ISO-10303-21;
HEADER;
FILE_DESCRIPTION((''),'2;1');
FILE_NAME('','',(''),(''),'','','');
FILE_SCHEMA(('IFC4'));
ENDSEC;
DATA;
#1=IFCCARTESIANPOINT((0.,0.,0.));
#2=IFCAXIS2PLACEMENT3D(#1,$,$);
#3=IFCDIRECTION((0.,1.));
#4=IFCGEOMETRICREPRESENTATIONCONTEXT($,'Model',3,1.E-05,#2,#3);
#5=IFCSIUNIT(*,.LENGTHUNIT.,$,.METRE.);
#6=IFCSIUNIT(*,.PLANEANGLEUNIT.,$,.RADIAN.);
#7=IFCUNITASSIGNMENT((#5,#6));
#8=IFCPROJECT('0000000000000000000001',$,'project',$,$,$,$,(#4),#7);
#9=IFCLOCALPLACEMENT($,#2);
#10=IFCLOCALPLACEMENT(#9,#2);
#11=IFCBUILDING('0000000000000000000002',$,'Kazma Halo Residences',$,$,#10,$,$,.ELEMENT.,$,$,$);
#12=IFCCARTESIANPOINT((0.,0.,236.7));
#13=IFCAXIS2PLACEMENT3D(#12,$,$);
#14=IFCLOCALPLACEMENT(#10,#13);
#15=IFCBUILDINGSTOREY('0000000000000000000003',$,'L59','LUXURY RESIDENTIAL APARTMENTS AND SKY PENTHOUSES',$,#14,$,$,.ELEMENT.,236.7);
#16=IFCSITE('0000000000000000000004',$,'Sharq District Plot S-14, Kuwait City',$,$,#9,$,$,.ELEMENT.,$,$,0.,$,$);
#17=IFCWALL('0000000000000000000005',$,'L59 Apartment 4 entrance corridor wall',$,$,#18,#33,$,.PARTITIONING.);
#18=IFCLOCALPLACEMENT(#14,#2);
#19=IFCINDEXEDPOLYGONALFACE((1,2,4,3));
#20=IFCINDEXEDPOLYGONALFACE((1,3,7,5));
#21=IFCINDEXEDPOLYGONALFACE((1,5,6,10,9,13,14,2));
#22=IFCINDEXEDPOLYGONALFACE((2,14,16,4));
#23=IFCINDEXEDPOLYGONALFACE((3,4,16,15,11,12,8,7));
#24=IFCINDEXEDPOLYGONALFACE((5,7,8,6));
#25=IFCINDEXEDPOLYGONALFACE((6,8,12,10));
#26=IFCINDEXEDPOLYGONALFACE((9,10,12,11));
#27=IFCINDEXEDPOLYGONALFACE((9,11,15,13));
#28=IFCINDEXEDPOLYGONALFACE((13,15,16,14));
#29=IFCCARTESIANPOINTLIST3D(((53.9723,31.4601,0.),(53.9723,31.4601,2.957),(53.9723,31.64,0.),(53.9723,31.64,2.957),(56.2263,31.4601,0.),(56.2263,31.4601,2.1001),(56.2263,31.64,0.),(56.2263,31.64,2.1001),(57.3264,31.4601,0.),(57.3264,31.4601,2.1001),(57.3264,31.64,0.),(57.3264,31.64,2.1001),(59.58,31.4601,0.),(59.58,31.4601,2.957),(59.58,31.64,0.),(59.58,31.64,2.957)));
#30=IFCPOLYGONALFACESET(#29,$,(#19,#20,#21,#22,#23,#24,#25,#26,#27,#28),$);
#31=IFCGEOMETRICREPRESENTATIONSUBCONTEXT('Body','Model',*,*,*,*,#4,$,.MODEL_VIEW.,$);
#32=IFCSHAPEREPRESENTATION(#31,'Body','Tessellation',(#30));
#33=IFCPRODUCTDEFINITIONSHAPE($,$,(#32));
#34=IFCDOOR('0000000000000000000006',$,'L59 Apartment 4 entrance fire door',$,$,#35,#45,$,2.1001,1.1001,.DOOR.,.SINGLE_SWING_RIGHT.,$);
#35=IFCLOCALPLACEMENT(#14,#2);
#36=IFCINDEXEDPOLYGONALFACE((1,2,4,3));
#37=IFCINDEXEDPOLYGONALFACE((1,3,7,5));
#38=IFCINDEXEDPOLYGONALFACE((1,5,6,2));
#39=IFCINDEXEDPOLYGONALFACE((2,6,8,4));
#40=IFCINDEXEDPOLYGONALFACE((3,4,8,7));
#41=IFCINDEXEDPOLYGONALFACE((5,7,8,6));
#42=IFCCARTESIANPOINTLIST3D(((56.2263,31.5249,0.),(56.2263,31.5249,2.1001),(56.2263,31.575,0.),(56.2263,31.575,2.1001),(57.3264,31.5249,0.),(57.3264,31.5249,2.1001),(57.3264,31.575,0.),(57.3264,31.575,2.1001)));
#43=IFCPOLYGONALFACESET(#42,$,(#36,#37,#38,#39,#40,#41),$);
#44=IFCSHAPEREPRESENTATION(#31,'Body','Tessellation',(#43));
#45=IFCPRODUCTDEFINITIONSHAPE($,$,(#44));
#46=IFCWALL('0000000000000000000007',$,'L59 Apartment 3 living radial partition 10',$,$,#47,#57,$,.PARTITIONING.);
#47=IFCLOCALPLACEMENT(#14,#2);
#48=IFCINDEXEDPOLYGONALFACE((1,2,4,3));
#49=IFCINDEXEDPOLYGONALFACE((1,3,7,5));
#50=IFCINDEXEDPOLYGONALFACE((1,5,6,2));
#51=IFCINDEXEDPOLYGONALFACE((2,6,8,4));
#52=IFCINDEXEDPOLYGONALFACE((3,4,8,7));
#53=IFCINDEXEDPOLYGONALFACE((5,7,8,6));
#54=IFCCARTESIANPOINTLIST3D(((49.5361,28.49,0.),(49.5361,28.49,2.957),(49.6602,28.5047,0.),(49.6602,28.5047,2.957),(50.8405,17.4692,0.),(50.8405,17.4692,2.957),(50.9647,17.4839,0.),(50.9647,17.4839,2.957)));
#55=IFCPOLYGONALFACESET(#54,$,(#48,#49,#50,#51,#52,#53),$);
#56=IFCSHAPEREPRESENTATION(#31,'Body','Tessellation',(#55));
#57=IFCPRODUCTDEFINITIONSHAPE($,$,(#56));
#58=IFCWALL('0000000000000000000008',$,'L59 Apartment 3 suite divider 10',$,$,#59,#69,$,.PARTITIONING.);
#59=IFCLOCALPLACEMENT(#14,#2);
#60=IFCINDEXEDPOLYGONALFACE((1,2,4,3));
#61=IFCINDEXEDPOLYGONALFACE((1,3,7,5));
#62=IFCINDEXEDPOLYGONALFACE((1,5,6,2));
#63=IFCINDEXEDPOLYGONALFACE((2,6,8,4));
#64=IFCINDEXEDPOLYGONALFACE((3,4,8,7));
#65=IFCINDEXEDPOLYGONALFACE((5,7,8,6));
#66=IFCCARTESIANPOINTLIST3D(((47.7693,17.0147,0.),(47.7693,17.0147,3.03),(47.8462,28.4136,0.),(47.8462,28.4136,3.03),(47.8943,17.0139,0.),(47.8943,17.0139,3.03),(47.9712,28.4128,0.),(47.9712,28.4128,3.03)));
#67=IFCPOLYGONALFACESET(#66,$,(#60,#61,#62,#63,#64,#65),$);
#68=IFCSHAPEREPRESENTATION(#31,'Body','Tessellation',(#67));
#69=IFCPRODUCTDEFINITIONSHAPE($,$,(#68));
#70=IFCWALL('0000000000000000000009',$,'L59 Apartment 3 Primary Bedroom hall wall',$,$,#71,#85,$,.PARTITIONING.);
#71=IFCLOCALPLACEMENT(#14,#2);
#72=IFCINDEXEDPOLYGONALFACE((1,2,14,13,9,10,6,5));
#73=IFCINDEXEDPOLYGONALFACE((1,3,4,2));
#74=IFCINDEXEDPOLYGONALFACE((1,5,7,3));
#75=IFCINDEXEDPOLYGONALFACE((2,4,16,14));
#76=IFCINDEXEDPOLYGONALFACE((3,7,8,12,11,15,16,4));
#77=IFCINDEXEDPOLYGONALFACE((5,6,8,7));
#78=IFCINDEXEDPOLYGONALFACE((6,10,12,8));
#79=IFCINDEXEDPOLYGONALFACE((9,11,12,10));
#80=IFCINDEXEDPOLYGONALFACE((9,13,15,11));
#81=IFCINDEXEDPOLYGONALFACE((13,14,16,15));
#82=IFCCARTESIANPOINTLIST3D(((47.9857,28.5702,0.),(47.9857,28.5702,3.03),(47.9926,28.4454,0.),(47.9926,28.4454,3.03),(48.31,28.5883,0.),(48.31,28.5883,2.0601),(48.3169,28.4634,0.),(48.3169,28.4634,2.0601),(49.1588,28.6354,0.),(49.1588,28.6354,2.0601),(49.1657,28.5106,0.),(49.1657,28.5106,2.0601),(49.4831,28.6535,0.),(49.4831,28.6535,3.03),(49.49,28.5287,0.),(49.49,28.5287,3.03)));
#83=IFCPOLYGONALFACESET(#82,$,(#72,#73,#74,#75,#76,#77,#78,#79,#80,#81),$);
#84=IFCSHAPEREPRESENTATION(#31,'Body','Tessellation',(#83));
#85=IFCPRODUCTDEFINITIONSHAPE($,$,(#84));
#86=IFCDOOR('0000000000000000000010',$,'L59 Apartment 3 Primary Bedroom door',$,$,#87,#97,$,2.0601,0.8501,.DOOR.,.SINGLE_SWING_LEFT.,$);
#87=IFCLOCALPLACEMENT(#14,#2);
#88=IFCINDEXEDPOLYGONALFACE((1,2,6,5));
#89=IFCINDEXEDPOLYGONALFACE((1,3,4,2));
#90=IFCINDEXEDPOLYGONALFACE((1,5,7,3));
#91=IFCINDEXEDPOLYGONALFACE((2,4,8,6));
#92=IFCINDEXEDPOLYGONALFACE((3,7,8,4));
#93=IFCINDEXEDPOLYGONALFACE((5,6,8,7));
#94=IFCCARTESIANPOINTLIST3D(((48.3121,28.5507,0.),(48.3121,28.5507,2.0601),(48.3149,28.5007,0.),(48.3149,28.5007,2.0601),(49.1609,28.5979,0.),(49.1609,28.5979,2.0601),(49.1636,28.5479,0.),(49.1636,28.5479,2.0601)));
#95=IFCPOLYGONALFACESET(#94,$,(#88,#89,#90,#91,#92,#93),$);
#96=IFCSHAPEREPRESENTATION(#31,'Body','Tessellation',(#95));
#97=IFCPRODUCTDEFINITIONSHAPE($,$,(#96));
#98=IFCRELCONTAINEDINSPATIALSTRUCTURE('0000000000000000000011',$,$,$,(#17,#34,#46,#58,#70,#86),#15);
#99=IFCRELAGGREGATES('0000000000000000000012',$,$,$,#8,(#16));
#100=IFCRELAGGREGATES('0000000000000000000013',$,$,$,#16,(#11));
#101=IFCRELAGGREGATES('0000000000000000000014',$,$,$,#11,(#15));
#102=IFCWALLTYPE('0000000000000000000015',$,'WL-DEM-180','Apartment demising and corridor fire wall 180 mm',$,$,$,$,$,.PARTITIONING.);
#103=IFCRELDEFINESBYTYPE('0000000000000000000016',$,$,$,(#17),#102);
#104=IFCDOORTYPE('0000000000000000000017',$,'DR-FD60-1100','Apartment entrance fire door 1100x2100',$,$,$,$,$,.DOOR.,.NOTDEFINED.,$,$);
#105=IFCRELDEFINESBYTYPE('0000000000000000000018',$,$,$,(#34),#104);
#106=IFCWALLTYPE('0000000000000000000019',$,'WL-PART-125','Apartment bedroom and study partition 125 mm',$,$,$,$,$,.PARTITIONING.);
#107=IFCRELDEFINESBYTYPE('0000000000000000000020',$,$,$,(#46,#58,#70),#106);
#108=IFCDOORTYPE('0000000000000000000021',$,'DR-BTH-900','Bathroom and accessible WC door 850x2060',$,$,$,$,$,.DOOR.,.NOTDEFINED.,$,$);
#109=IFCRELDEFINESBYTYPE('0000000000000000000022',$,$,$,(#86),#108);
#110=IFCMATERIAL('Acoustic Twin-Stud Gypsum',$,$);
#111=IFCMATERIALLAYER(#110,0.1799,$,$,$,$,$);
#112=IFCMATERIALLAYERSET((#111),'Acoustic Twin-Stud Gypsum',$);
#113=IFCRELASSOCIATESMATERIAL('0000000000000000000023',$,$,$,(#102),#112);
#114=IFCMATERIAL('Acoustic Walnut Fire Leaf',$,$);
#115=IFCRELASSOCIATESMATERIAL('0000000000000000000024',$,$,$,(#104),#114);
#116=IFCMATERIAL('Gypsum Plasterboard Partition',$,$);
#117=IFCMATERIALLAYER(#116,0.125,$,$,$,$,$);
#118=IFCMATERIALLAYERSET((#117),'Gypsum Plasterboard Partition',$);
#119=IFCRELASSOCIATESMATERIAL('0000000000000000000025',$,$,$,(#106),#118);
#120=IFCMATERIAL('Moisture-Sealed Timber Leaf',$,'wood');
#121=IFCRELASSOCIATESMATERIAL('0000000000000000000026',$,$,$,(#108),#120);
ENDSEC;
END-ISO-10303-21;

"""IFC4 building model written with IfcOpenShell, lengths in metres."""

from ifc_helpers import new_model, si_unit, direction, frame, frame_2d, origin, place, context, subcontext, project, spatial, rectangle, extrude, material, layer, layer_set, type_object, element, fill, save


model = new_model("IFC4")

# Units and contexts
model_context = context("Model", 3, precision=1e-05, world=origin(), true_north=direction((0.0, 1.0)))
body_context = subcontext(model_context, "Body", "Model", "MODEL_VIEW")
ifc_project = project(units=[si_unit("LENGTHUNIT", "METRE"), si_unit("PLANEANGLEUNIT", "RADIAN")], contexts=[model_context])

# Site, building, storey
site_placement = place(None, origin())
site = spatial("IfcSite", under=ifc_project, at=site_placement, Name="Sharq District Plot S-14, Kuwait City", CompositionType="ELEMENT", RefElevation=0.0)
building_placement = place(site_placement, origin())
building = spatial("IfcBuilding", under=site, at=building_placement, Name="Kazma Halo Residences", CompositionType="ELEMENT")
storey_placement = place(building_placement, frame((0.0, 0.0, 236.7)))
storey = spatial("IfcBuildingStorey", under=building, at=storey_placement, Name="L59", Description="LUXURY RESIDENTIAL APARTMENTS AND SKY PENTHOUSES", CompositionType="ELEMENT", Elevation=236.7)

# Shared definitions
ifc_material_1 = material(Name="Acoustic Twin-Stud Gypsum")
ifc_layer_1 = layer(ifc_material_1, 0.1799)
ifc_layer_set_1 = layer_set([ifc_layer_1], Name="Acoustic Twin-Stud Gypsum")
wall_type_1 = type_object("IfcWallType", Name="WL-DEM-180", Description="Apartment demising and corridor fire wall 180 mm", PredefinedType="PARTITIONING", material=ifc_layer_set_1)

# Wall, opening, door
ifc_material_2 = material(Name="Acoustic Walnut Fire Leaf")
door_type_1 = type_object("IfcDoorType", Name="DR-FD60-1100", Description="Apartment entrance fire door 1100x2100", OperationType="NOTDEFINED", PredefinedType="DOOR", material=ifc_material_2)
wall_1_placement = place(storey_placement, frame((53.9724, 31.55, 0.0), z_axis=(0.0, 0.0, 1.0), x_axis=(1.0, 0.0, 0.0)))
wall_1 = element("IfcWall", 1, at=wall_1_placement, inside=storey, type_object=wall_type_1, Name="L59 Apartment 4 entrance corridor wall", PredefinedType="PARTITIONING", context=body_context, shape_type="SweptSolid", body=[
    extrude(rectangle(XDim=5.6077, YDim=0.1799, at=frame_2d((2.8037, 0.0))), origin(), (0.0, 0.0, 1.0), 2.957),
])
opening_1_placement = place(wall_1_placement, frame((2.2539, 0.0, 0.0)))
opening_1 = element("IfcOpeningElement", 2, at=opening_1_placement, cuts=wall_1, PredefinedType="OPENING", context=body_context, shape_type="SweptSolid", body=[
    extrude(rectangle(XDim=1.1001, YDim=2.1001, at=frame_2d((0.55, 1.05))), frame((0.0, 0.0999, 0.0), z_axis=(0.0, -1.0, 0.0), x_axis=(1.0, 0.0, 0.0)), (0.0, 0.0, 1.0), 0.2),
])
door_1_placement = place(opening_1_placement, origin())
door_1 = element("IfcDoor", 3, at=door_1_placement, inside=storey, type_object=door_type_1, Name="L59 Apartment 4 entrance fire door", OperationType="SINGLE_SWING_RIGHT", OverallHeight=2.1001, OverallWidth=1.1001, PredefinedType="DOOR", context=body_context, shape_type="SweptSolid", body=[
    extrude(rectangle(XDim=1.1001, YDim=2.1001, at=frame_2d((0.55, 1.05))), frame((0.0, 0.0249, 0.0), z_axis=(0.0, -1.0, 0.0), x_axis=(1.0, 0.0, 0.0)), (0.0, 0.0, 1.0), 0.05),
])
fill(opening_1, door_1)

# Walls
ifc_material_3 = material(Name="Gypsum Plasterboard Partition")
ifc_layer_2 = layer(ifc_material_3, 0.125)
ifc_layer_set_2 = layer_set([ifc_layer_2], Name="Gypsum Plasterboard Partition")
wall_type_2 = type_object("IfcWallType", Name="WL-PART-125", Description="Apartment bedroom and study partition 125 mm", PredefinedType="PARTITIONING", material=ifc_layer_set_2)
wall_2_placement = place(storey_placement, frame((49.5981, 28.4973, 0.0), z_axis=(0.0, 0.0, 1.0), x_axis=(0.117542, -0.993068, 0.0)))
element("IfcWall", 4, at=wall_2_placement, inside=storey, type_object=wall_type_2, Name="L59 Apartment 3 living radial partition 10", PredefinedType="PARTITIONING", context=body_context, shape_type="SweptSolid", body=[
    extrude(rectangle(XDim=11.0977, YDim=0.125, at=frame_2d((5.5488, 0.0))), origin(), (0.0, 0.0, 1.0), 2.957),
])
wall_3_placement = place(storey_placement, frame((47.9087, 28.4133, 0.0), z_axis=(0.0, 0.0, 1.0), x_axis=(-0.006746, -0.999977, 0.0)))
element("IfcWall", 5, at=wall_3_placement, inside=storey, type_object=wall_type_2, Name="L59 Apartment 3 suite divider 10", PredefinedType="PARTITIONING", context=body_context, shape_type="SweptSolid", body=[
    extrude(rectangle(XDim=11.3992, YDim=0.125, at=frame_2d((5.6997, 0.0))), origin(), (0.0, 0.0, 1.0), 3.03),
])

# Wall, opening, door
wall_4_placement = place(storey_placement, frame((47.989, 28.5078, 0.0), z_axis=(0.0, 0.0, 1.0), x_axis=(0.998458, 0.055506, 0.0)))
wall_4 = element("IfcWall", 6, at=wall_4_placement, inside=storey, type_object=wall_type_2, Name="L59 Apartment 3 Primary Bedroom hall wall", PredefinedType="PARTITIONING", context=body_context, shape_type="SweptSolid", body=[
    extrude(rectangle(XDim=1.4998, YDim=0.125, at=frame_2d((0.75, 0.0))), origin(), (0.0, 0.0, 1.0), 3.03),
])
opening_2_placement = place(wall_4_placement, frame((0.325, 0.0, 0.0)))
opening_2 = element("IfcOpeningElement", 7, at=opening_2_placement, cuts=wall_4, PredefinedType="OPENING", context=body_context, shape_type="SweptSolid", body=[
    extrude(rectangle(XDim=0.8501, YDim=2.0601, at=frame_2d((0.425, 1.03))), frame((0.0, 0.0725, 0.0), z_axis=(0.0, -1.0, 0.0), x_axis=(1.0, 0.0, 0.0)), (0.0, 0.0, 1.0), 0.145),
])
ifc_material_4 = material(Name="Moisture-Sealed Timber Leaf", Category="wood")
door_type_2 = type_object("IfcDoorType", Name="DR-BTH-900", Description="Bathroom and accessible WC door 850x2060", OperationType="NOTDEFINED", PredefinedType="DOOR", material=ifc_material_4)
door_2_placement = place(opening_2_placement, origin())
door_2 = element("IfcDoor", 8, at=door_2_placement, inside=storey, type_object=door_type_2, Name="L59 Apartment 3 Primary Bedroom door", OperationType="SINGLE_SWING_LEFT", OverallHeight=2.0601, OverallWidth=0.8501, PredefinedType="DOOR", context=body_context, shape_type="SweptSolid", body=[
    extrude(rectangle(XDim=0.8501, YDim=2.0601, at=frame_2d((0.425, 1.03))), frame((0.0, 0.0249, 0.0), z_axis=(0.0, -1.0, 0.0), x_axis=(1.0, 0.0, 0.0)), (0.0, 0.0, 1.0), 0.05),
])
fill(opening_2, door_2)

save(model, "model.ifc")
